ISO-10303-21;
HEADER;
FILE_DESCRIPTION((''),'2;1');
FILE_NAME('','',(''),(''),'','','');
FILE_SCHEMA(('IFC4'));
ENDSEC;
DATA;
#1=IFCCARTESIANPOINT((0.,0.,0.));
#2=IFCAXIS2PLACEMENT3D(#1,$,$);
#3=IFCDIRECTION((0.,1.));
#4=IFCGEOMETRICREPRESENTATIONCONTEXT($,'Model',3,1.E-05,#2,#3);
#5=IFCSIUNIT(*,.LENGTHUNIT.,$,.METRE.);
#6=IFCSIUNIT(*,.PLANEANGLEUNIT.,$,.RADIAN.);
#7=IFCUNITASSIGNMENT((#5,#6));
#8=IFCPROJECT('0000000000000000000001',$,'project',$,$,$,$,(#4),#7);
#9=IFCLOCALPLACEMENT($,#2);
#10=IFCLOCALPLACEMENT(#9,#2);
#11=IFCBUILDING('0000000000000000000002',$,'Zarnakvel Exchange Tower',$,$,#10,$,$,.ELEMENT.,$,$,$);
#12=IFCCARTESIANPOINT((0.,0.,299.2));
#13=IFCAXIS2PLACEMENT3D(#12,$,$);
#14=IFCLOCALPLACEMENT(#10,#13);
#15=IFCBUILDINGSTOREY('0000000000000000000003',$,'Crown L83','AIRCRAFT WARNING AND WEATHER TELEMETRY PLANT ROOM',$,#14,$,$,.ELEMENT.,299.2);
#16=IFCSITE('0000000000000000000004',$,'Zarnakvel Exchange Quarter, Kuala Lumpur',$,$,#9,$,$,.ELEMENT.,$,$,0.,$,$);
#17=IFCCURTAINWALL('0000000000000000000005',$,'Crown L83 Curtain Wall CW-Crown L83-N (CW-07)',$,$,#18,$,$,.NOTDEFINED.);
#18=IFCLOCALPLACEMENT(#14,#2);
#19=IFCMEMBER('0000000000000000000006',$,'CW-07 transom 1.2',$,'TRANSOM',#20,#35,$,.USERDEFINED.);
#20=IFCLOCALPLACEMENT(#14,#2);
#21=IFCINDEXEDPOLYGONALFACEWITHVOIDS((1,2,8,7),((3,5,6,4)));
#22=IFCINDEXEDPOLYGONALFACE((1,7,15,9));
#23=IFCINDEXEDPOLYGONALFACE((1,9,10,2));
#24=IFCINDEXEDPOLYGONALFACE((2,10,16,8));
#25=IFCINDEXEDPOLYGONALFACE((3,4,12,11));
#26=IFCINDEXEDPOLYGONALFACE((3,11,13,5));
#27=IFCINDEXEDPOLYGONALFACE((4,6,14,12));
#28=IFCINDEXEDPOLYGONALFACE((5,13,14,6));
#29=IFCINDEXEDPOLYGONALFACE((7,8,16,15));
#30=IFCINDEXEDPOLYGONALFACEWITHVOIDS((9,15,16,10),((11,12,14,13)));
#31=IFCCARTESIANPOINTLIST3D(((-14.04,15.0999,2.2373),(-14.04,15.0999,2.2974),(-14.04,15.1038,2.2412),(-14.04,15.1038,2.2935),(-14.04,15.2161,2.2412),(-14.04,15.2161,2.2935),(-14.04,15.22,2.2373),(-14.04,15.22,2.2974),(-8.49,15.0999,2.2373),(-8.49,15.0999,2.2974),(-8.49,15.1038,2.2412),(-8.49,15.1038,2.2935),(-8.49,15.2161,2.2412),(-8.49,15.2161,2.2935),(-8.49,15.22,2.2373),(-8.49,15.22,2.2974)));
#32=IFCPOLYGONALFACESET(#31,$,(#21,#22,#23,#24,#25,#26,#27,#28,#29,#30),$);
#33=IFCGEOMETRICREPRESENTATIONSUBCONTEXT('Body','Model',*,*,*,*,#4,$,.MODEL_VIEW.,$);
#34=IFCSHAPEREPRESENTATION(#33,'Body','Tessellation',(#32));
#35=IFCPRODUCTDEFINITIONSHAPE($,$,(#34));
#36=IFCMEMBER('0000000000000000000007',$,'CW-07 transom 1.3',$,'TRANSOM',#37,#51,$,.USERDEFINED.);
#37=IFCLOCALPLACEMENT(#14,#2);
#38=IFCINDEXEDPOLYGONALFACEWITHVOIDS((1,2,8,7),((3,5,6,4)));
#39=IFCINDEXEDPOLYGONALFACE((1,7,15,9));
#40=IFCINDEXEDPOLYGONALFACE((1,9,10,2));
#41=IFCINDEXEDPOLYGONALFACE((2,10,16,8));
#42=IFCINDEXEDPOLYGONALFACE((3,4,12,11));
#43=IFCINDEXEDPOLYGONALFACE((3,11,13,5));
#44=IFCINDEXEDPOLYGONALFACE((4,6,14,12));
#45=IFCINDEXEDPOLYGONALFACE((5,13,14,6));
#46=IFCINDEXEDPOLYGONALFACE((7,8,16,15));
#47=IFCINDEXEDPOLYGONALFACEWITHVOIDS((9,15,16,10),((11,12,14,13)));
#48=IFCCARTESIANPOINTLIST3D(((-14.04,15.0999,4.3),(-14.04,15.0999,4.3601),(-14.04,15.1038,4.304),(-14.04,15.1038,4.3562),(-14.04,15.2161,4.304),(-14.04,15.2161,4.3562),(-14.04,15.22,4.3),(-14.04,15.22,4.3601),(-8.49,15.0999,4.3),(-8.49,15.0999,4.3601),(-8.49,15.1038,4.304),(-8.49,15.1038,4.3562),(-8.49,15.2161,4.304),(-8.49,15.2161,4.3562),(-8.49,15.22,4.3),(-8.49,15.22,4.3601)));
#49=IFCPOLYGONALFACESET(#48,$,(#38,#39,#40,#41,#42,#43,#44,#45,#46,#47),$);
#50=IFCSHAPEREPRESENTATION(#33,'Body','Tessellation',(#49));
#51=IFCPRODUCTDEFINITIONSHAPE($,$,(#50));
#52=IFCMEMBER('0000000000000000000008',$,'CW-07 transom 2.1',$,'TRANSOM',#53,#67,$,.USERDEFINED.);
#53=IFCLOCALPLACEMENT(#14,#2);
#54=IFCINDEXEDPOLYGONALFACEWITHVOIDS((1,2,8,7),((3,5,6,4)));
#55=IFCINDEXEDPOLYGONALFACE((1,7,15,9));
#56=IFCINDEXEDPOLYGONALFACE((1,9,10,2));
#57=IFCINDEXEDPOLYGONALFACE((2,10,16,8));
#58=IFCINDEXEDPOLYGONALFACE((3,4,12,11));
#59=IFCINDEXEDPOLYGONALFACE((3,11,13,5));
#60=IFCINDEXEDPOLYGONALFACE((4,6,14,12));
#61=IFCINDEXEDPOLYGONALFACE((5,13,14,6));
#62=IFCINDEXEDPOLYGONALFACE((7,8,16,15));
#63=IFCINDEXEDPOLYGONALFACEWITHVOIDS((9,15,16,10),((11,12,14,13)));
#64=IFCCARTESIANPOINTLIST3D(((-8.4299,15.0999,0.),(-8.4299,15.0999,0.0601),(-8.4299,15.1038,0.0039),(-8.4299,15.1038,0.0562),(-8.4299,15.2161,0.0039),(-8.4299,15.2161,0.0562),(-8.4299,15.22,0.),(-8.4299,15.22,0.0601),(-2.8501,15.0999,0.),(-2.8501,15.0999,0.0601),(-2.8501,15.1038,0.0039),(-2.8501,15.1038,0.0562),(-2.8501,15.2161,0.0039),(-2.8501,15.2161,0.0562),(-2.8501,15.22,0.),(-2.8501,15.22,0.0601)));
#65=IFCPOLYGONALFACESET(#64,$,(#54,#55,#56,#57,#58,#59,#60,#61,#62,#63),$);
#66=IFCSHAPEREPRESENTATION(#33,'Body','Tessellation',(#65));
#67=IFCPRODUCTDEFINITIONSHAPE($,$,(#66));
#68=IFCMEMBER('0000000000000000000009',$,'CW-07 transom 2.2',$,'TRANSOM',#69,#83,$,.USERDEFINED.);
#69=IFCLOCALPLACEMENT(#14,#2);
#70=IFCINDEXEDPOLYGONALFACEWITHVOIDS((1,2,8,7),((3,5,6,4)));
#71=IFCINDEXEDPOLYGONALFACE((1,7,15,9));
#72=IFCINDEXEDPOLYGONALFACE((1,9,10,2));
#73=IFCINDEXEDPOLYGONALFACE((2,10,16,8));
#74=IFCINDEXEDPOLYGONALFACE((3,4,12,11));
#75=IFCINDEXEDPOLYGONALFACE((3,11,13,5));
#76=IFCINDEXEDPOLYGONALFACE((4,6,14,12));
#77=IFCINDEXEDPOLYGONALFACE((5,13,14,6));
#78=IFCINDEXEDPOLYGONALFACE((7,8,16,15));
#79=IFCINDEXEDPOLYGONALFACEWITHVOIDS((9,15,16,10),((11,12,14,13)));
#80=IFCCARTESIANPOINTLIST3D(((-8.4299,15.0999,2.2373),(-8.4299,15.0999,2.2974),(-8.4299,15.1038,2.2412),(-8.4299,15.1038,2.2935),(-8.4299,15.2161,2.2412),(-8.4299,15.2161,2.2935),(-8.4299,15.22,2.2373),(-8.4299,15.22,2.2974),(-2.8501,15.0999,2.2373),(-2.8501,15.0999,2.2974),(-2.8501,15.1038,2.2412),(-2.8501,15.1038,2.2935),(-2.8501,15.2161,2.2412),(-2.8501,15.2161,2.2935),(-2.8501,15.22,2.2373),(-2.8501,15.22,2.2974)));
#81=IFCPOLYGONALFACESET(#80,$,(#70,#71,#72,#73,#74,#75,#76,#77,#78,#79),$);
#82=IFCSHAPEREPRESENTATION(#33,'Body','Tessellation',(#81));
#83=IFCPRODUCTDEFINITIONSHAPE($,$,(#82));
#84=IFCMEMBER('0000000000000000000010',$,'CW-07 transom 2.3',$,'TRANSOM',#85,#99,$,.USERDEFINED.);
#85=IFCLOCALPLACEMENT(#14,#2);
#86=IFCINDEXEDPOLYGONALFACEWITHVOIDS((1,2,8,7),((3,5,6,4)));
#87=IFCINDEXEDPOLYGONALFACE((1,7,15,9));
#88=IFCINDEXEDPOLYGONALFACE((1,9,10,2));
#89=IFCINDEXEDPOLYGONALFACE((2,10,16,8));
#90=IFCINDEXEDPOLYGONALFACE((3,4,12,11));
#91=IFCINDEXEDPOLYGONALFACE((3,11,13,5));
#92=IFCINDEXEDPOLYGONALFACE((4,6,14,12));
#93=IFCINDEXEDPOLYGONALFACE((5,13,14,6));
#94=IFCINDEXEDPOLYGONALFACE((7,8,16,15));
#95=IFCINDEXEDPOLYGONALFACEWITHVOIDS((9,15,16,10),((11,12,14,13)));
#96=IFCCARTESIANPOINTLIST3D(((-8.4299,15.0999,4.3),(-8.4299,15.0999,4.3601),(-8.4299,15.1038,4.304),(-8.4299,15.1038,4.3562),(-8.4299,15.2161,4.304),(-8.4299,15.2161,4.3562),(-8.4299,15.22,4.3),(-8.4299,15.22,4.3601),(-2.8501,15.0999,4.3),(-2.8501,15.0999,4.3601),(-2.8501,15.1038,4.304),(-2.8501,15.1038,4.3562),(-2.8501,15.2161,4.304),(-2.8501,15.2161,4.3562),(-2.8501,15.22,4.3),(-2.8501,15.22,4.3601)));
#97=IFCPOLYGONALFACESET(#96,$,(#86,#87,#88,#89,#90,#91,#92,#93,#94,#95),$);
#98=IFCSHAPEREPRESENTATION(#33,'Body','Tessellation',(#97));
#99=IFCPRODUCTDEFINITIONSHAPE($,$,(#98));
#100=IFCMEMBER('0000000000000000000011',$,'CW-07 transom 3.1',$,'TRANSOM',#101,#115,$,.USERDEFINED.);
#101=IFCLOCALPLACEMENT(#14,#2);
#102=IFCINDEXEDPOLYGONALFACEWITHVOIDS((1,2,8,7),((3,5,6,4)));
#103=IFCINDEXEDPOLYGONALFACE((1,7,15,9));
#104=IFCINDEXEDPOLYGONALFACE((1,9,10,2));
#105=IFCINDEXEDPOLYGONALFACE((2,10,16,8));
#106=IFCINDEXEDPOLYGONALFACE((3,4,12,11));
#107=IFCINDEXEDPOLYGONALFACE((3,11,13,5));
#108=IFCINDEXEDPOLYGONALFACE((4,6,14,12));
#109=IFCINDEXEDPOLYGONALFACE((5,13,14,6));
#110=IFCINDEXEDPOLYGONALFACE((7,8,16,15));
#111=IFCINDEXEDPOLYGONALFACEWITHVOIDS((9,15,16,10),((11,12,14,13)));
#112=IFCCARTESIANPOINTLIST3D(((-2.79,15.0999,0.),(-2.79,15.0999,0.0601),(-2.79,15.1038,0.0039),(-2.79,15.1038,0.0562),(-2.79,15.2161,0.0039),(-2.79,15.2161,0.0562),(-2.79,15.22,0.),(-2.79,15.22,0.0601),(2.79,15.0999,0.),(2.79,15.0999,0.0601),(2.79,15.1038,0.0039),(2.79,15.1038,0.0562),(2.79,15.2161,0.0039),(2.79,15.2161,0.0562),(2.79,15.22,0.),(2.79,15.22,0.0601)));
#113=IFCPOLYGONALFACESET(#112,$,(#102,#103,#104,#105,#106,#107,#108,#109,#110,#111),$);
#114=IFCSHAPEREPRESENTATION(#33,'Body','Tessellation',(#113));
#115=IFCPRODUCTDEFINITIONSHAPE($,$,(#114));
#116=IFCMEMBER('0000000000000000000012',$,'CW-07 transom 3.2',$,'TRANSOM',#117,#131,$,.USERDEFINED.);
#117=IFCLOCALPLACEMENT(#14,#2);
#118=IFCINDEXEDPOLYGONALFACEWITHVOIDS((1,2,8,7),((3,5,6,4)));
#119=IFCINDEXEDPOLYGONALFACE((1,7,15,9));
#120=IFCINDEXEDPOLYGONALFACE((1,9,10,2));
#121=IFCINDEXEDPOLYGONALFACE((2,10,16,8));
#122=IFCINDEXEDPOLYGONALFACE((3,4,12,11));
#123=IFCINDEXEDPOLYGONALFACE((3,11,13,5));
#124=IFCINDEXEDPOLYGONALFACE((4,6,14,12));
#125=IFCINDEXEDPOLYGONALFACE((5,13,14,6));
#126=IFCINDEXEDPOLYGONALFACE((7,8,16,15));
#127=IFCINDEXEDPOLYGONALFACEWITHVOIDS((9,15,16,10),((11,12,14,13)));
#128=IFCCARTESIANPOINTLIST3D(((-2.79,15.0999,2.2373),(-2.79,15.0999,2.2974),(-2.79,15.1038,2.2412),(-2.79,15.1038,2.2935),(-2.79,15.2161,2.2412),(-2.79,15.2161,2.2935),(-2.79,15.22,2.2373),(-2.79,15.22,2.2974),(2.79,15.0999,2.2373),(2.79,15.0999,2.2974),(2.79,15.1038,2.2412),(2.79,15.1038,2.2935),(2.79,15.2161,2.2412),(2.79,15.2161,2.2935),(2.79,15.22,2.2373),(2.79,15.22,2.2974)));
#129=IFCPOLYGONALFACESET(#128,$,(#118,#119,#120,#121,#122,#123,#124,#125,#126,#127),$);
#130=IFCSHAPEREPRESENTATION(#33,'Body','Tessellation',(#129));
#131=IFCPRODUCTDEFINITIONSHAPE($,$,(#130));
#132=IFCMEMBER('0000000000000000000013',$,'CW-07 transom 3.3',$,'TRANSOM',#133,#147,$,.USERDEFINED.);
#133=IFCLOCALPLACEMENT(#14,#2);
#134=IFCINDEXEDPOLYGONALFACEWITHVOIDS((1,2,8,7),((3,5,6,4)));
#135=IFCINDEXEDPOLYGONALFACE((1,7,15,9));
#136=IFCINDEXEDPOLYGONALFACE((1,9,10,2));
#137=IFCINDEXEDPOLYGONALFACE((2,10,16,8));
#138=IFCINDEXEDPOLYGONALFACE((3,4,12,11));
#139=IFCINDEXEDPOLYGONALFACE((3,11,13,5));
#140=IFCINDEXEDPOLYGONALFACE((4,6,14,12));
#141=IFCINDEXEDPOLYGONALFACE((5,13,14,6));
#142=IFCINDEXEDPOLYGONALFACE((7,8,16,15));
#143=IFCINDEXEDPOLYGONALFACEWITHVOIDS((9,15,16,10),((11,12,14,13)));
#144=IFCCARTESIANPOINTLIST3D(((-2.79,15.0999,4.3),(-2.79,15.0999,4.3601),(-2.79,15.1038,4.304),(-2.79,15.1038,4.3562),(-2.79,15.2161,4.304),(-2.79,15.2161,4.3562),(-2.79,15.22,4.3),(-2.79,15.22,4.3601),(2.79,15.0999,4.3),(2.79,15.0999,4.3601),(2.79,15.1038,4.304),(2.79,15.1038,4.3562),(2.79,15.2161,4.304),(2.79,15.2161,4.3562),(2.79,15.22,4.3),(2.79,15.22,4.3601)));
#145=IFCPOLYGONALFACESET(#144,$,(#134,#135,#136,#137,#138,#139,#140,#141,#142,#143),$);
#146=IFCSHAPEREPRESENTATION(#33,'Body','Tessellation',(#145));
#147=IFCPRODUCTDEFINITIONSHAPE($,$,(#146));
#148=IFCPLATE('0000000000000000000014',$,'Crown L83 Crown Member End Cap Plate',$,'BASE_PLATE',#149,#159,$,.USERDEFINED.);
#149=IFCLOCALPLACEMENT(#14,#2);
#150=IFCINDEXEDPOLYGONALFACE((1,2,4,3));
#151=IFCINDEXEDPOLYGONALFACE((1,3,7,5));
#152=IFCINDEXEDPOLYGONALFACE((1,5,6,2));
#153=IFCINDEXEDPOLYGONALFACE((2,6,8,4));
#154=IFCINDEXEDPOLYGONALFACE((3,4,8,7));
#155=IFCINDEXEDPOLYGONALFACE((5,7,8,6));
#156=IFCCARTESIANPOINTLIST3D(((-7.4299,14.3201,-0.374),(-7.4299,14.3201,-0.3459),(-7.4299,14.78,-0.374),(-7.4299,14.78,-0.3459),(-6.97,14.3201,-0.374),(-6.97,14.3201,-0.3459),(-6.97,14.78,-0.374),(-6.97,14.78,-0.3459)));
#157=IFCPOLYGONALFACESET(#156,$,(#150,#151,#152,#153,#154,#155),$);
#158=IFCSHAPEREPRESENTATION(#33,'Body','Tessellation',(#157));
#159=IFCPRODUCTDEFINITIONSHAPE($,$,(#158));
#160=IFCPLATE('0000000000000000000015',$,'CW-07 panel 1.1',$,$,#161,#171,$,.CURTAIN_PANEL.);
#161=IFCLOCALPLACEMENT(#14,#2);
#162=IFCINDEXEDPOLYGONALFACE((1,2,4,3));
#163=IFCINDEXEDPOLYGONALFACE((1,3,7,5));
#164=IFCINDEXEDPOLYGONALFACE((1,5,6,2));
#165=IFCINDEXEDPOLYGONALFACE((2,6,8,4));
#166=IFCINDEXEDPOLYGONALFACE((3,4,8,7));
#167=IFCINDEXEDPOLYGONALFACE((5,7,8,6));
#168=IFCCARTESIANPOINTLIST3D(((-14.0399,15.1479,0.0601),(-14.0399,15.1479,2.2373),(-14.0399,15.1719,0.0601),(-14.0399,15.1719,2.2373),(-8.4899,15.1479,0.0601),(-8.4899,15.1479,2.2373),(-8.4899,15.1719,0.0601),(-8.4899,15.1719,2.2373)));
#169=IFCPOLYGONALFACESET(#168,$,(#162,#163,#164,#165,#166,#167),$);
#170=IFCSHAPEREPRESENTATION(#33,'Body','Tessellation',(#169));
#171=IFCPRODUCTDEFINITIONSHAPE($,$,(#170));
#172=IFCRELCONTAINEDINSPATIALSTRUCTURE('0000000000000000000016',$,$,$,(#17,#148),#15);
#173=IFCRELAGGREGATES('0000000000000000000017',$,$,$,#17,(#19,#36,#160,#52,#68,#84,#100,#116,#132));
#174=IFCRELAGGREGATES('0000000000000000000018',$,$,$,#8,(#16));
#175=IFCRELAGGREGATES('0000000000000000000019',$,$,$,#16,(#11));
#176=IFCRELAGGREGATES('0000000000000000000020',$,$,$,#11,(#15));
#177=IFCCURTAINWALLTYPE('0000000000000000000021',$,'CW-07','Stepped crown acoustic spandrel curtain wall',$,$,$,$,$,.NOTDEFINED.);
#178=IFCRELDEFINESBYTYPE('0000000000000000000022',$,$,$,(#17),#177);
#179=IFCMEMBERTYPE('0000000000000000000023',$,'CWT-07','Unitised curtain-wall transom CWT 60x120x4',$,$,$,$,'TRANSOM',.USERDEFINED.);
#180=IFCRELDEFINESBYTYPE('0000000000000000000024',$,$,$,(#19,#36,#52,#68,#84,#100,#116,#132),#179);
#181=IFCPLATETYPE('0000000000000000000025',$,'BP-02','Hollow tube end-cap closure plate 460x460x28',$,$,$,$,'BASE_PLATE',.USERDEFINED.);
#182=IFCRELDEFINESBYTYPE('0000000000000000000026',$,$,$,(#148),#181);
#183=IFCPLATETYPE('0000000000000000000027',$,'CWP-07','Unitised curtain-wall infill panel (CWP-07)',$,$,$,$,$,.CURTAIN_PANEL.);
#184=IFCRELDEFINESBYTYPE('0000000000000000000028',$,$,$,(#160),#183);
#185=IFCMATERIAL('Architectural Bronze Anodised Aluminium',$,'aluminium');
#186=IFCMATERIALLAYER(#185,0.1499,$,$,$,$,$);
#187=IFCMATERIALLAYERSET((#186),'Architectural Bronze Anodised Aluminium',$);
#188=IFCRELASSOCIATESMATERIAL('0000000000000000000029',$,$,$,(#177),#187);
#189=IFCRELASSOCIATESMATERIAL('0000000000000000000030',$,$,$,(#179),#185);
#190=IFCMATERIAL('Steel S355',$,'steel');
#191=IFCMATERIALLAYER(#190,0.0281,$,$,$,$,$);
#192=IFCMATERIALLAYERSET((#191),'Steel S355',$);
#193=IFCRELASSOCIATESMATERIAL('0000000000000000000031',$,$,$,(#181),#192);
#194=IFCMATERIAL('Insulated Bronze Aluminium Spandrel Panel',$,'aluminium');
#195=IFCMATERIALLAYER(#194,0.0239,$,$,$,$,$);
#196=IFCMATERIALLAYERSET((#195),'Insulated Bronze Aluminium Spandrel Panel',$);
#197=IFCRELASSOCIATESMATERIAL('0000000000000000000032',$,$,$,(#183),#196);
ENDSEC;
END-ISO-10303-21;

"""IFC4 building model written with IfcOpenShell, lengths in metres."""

from ifc_helpers import new_model, si_unit, direction, frame, origin, origin_2d, place, context, subcontext, project, spatial, rectangle, hollow_rectangle, extrude, source, transform, mapped, material, layer, layer_set, material_profile, profile_set, type_object, element, aggregate, save


model = new_model("IFC4")

# Units and contexts
model_context = context("Model", 3, precision=1e-05, world=origin(), true_north=direction((0.0, 1.0)))
body_context = subcontext(model_context, "Body", "Model", "MODEL_VIEW")
ifc_project = project(units=[si_unit("LENGTHUNIT", "METRE"), si_unit("PLANEANGLEUNIT", "RADIAN")], contexts=[model_context])

# Site, building, storey
site_placement = place(None, origin())
site = spatial("IfcSite", under=ifc_project, at=site_placement, Name="Zarnakvel Exchange Quarter, Kuala Lumpur", CompositionType="ELEMENT", RefElevation=0.0)
building_placement = place(site_placement, origin())
building = spatial("IfcBuilding", under=site, at=building_placement, Name="Zarnakvel Exchange Tower", CompositionType="ELEMENT")
storey_placement = place(building_placement, frame((0.0, 0.0, 299.2)))
storey = spatial("IfcBuildingStorey", under=building, at=storey_placement, Name="Crown L83", Description="AIRCRAFT WARNING AND WEATHER TELEMETRY PLANT ROOM", CompositionType="ELEMENT", Elevation=299.2)

# Shared definitions
ifc_material_1 = material(Name="Steel S355", Category="steel")

# Curtain wall, members
ifc_material_2 = material(Name="Architectural Bronze Anodised Aluminium", Category="aluminium")
ifc_layer_1 = layer(ifc_material_2, 0.1499)
ifc_layer_set_1 = layer_set([ifc_layer_1], Name="Architectural Bronze Anodised Aluminium")
curtain_wall_type = type_object("IfcCurtainWallType", Name="CW-07", Description="Stepped crown acoustic spandrel curtain wall", PredefinedType="NOTDEFINED", material=ifc_layer_set_1)
curtain_wall_placement = place(storey_placement, origin())
curtain_wall = element("IfcCurtainWall", 1, at=curtain_wall_placement, inside=storey, type_object=curtain_wall_type, Name="Crown L83 Curtain Wall CW-Crown L83-N (CW-07)", PredefinedType="NOTDEFINED")
ifc_material_profile_1 = material_profile(ifc_material_2, hollow_rectangle(XDim=0.1201, YDim=0.0601, WallThickness=0.0039, at=origin_2d()))
ifc_profile_set_1 = profile_set([ifc_material_profile_1], Name="Architectural Bronze Anodised Aluminium")
member_type_1 = type_object("IfcMemberType", Name="CWT-07", Description="Unitised curtain-wall transom CWT 60x120x4", ElementType="TRANSOM", PredefinedType="USERDEFINED", material=ifc_profile_set_1)
shared_shape_1 = source(origin(), body_context, "Body", "SweptSolid", [
    extrude(hollow_rectangle(XDim=0.1201, YDim=0.0601, WallThickness=0.0039, at=origin_2d()), origin(), (0.0, 0.0, 1.0), 5.55),
])
member_1_placement = place(storey_placement, frame((-14.04, 15.1599, 2.2673), z_axis=(1.0, 0.0, 0.0), x_axis=(0.0, 1.0, 0.0)))
member_1 = element("IfcMember", 2, at=member_1_placement, type_object=member_type_1, Name="CW-07 transom 1.2", ObjectType="TRANSOM", PredefinedType="USERDEFINED", context=body_context, shape_type="MappedRepresentation", body=[
    mapped(shared_shape_1, transform((0.0, 0.0, 0.0), x_axis=(1.0, 0.0, 0.0), y_axis=(0.0, 1.0, 0.0), z_axis=(0.0, 0.0, 1.0), scale=1.0)),
])
member_2_placement = place(storey_placement, frame((-14.04, 15.1599, 4.3301), z_axis=(1.0, 0.0, 0.0), x_axis=(0.0, 1.0, 0.0)))
member_2 = element("IfcMember", 3, at=member_2_placement, type_object=member_type_1, Name="CW-07 transom 1.3", ObjectType="TRANSOM", PredefinedType="USERDEFINED", context=body_context, shape_type="MappedRepresentation", body=[
    mapped(shared_shape_1, transform((0.0, 0.0, 0.0), x_axis=(1.0, 0.0, 0.0), y_axis=(0.0, 1.0, 0.0), z_axis=(0.0, 0.0, 1.0), scale=1.0)),
])
shared_shape_2 = source(origin(), body_context, "Body", "SweptSolid", [
    extrude(hollow_rectangle(XDim=0.1201, YDim=0.0601, WallThickness=0.0039, at=origin_2d()), origin(), (0.0, 0.0, 1.0), 5.5798),
])
member_3_placement = place(storey_placement, frame((-8.4299, 15.1599, 0.03), z_axis=(1.0, 0.0, 0.0), x_axis=(0.0, 1.0, 0.0)))
member_3 = element("IfcMember", 4, at=member_3_placement, type_object=member_type_1, Name="CW-07 transom 2.1", ObjectType="TRANSOM", PredefinedType="USERDEFINED", context=body_context, shape_type="MappedRepresentation", body=[
    mapped(shared_shape_2, transform((0.0, 0.0, 0.0), x_axis=(1.0, 0.0, 0.0), y_axis=(0.0, 1.0, 0.0), z_axis=(0.0, 0.0, 1.0), scale=1.0)),
])
member_4_placement = place(storey_placement, frame((-8.4299, 15.1599, 2.2673), z_axis=(1.0, 0.0, 0.0), x_axis=(0.0, 1.0, 0.0)))
member_4 = element("IfcMember", 5, at=member_4_placement, type_object=member_type_1, Name="CW-07 transom 2.2", ObjectType="TRANSOM", PredefinedType="USERDEFINED", context=body_context, shape_type="MappedRepresentation", body=[
    mapped(shared_shape_2, transform((0.0, 0.0, 0.0), x_axis=(1.0, 0.0, 0.0), y_axis=(0.0, 1.0, 0.0), z_axis=(0.0, 0.0, 1.0), scale=1.0)),
])
member_5_placement = place(storey_placement, frame((-8.4299, 15.1599, 4.3301), z_axis=(1.0, 0.0, 0.0), x_axis=(0.0, 1.0, 0.0)))
member_5 = element("IfcMember", 6, at=member_5_placement, type_object=member_type_1, Name="CW-07 transom 2.3", ObjectType="TRANSOM", PredefinedType="USERDEFINED", context=body_context, shape_type="MappedRepresentation", body=[
    mapped(shared_shape_2, transform((0.0, 0.0, 0.0), x_axis=(1.0, 0.0, 0.0), y_axis=(0.0, 1.0, 0.0), z_axis=(0.0, 0.0, 1.0), scale=1.0)),
])
shared_shape_3 = source(origin(), body_context, "Body", "SweptSolid", [
    extrude(hollow_rectangle(XDim=0.1201, YDim=0.0601, WallThickness=0.0039, at=origin_2d()), origin(), (0.0, 0.0, 1.0), 5.5801),
])
member_6_placement = place(storey_placement, frame((-2.79, 15.1599, 0.03), z_axis=(1.0, 0.0, 0.0), x_axis=(0.0, 1.0, 0.0)))
member_6 = element("IfcMember", 7, at=member_6_placement, type_object=member_type_1, Name="CW-07 transom 3.1", ObjectType="TRANSOM", PredefinedType="USERDEFINED", context=body_context, shape_type="MappedRepresentation", body=[
    mapped(shared_shape_3, transform((0.0, 0.0, 0.0), x_axis=(1.0, 0.0, 0.0), y_axis=(0.0, 1.0, 0.0), z_axis=(0.0, 0.0, 1.0), scale=1.0)),
])
member_7_placement = place(storey_placement, frame((-2.79, 15.1599, 2.2673), z_axis=(1.0, 0.0, 0.0), x_axis=(0.0, 1.0, 0.0)))
member_7 = element("IfcMember", 8, at=member_7_placement, type_object=member_type_1, Name="CW-07 transom 3.2", ObjectType="TRANSOM", PredefinedType="USERDEFINED", context=body_context, shape_type="MappedRepresentation", body=[
    mapped(shared_shape_3, transform((0.0, 0.0, 0.0), x_axis=(1.0, 0.0, 0.0), y_axis=(0.0, 1.0, 0.0), z_axis=(0.0, 0.0, 1.0), scale=1.0)),
])
member_8_placement = place(storey_placement, frame((-2.79, 15.1599, 4.3301), z_axis=(1.0, 0.0, 0.0), x_axis=(0.0, 1.0, 0.0)))
member_8 = element("IfcMember", 9, at=member_8_placement, type_object=member_type_1, Name="CW-07 transom 3.3", ObjectType="TRANSOM", PredefinedType="USERDEFINED", context=body_context, shape_type="MappedRepresentation", body=[
    mapped(shared_shape_3, transform((0.0, 0.0, 0.0), x_axis=(1.0, 0.0, 0.0), y_axis=(0.0, 1.0, 0.0), z_axis=(0.0, 0.0, 1.0), scale=1.0)),
])

# Plates
ifc_layer_2 = layer(ifc_material_1, 0.0281)
ifc_layer_set_2 = layer_set([ifc_layer_2], Name="Steel S355")
plate_type_1 = type_object("IfcPlateType", Name="BP-02", Description="Hollow tube end-cap closure plate 460x460x28", ElementType="BASE_PLATE", PredefinedType="USERDEFINED", material=ifc_layer_set_2)
shared_shape_4 = source(origin(), body_context, "Body", "SweptSolid", [
    extrude(rectangle(XDim=0.46, YDim=0.46, at=origin_2d()), origin(), (0.0, 0.0, 1.0), 0.0281),
])
plate_1_placement = place(storey_placement, frame((-7.2, 14.55, -0.374), z_axis=(0.0, 0.0, 1.0), x_axis=(1.0, 0.0, 0.0)))
element("IfcPlate", 10, at=plate_1_placement, inside=storey, type_object=plate_type_1, Name="Crown L83 Crown Member End Cap Plate", ObjectType="BASE_PLATE", PredefinedType="USERDEFINED", context=body_context, shape_type="MappedRepresentation", body=[
    mapped(shared_shape_4, transform((0.0, 0.0, 0.0), x_axis=(1.0, 0.0, 0.0), y_axis=(0.0, 1.0, 0.0), z_axis=(0.0, 0.0, 1.0), scale=1.0)),
])
ifc_material_3 = material(Name="Insulated Bronze Aluminium Spandrel Panel", Category="aluminium")
ifc_layer_3 = layer(ifc_material_3, 0.0239)
ifc_layer_set_3 = layer_set([ifc_layer_3], Name="Insulated Bronze Aluminium Spandrel Panel")
plate_type_2 = type_object("IfcPlateType", Name="CWP-07", Description="Unitised curtain-wall infill panel (CWP-07)", PredefinedType="CURTAIN_PANEL", material=ifc_layer_set_3)
shared_shape_5 = source(origin(), body_context, "Body", "SweptSolid", [
    extrude(rectangle(XDim=5.55, YDim=0.0239, at=origin_2d()), origin(), (0.0, 0.0, 1.0), 2.1772),
])
plate_2_placement = place(storey_placement, frame((-11.2649, 15.1599, 0.0601), z_axis=(0.0, 0.0, 1.0), x_axis=(1.0, 0.0, 0.0)))
plate_2 = element("IfcPlate", 11, at=plate_2_placement, type_object=plate_type_2, Name="CW-07 panel 1.1", PredefinedType="CURTAIN_PANEL", context=body_context, shape_type="MappedRepresentation", body=[
    mapped(shared_shape_5, transform((0.0, 0.0, 0.0), x_axis=(1.0, 0.0, 0.0), y_axis=(0.0, 1.0, 0.0), z_axis=(0.0, 0.0, 1.0), scale=1.0)),
])
aggregate(curtain_wall, [member_1, member_2, plate_2, member_3, member_4, member_5, member_6, member_7, member_8])

save(model, "model.ifc")
